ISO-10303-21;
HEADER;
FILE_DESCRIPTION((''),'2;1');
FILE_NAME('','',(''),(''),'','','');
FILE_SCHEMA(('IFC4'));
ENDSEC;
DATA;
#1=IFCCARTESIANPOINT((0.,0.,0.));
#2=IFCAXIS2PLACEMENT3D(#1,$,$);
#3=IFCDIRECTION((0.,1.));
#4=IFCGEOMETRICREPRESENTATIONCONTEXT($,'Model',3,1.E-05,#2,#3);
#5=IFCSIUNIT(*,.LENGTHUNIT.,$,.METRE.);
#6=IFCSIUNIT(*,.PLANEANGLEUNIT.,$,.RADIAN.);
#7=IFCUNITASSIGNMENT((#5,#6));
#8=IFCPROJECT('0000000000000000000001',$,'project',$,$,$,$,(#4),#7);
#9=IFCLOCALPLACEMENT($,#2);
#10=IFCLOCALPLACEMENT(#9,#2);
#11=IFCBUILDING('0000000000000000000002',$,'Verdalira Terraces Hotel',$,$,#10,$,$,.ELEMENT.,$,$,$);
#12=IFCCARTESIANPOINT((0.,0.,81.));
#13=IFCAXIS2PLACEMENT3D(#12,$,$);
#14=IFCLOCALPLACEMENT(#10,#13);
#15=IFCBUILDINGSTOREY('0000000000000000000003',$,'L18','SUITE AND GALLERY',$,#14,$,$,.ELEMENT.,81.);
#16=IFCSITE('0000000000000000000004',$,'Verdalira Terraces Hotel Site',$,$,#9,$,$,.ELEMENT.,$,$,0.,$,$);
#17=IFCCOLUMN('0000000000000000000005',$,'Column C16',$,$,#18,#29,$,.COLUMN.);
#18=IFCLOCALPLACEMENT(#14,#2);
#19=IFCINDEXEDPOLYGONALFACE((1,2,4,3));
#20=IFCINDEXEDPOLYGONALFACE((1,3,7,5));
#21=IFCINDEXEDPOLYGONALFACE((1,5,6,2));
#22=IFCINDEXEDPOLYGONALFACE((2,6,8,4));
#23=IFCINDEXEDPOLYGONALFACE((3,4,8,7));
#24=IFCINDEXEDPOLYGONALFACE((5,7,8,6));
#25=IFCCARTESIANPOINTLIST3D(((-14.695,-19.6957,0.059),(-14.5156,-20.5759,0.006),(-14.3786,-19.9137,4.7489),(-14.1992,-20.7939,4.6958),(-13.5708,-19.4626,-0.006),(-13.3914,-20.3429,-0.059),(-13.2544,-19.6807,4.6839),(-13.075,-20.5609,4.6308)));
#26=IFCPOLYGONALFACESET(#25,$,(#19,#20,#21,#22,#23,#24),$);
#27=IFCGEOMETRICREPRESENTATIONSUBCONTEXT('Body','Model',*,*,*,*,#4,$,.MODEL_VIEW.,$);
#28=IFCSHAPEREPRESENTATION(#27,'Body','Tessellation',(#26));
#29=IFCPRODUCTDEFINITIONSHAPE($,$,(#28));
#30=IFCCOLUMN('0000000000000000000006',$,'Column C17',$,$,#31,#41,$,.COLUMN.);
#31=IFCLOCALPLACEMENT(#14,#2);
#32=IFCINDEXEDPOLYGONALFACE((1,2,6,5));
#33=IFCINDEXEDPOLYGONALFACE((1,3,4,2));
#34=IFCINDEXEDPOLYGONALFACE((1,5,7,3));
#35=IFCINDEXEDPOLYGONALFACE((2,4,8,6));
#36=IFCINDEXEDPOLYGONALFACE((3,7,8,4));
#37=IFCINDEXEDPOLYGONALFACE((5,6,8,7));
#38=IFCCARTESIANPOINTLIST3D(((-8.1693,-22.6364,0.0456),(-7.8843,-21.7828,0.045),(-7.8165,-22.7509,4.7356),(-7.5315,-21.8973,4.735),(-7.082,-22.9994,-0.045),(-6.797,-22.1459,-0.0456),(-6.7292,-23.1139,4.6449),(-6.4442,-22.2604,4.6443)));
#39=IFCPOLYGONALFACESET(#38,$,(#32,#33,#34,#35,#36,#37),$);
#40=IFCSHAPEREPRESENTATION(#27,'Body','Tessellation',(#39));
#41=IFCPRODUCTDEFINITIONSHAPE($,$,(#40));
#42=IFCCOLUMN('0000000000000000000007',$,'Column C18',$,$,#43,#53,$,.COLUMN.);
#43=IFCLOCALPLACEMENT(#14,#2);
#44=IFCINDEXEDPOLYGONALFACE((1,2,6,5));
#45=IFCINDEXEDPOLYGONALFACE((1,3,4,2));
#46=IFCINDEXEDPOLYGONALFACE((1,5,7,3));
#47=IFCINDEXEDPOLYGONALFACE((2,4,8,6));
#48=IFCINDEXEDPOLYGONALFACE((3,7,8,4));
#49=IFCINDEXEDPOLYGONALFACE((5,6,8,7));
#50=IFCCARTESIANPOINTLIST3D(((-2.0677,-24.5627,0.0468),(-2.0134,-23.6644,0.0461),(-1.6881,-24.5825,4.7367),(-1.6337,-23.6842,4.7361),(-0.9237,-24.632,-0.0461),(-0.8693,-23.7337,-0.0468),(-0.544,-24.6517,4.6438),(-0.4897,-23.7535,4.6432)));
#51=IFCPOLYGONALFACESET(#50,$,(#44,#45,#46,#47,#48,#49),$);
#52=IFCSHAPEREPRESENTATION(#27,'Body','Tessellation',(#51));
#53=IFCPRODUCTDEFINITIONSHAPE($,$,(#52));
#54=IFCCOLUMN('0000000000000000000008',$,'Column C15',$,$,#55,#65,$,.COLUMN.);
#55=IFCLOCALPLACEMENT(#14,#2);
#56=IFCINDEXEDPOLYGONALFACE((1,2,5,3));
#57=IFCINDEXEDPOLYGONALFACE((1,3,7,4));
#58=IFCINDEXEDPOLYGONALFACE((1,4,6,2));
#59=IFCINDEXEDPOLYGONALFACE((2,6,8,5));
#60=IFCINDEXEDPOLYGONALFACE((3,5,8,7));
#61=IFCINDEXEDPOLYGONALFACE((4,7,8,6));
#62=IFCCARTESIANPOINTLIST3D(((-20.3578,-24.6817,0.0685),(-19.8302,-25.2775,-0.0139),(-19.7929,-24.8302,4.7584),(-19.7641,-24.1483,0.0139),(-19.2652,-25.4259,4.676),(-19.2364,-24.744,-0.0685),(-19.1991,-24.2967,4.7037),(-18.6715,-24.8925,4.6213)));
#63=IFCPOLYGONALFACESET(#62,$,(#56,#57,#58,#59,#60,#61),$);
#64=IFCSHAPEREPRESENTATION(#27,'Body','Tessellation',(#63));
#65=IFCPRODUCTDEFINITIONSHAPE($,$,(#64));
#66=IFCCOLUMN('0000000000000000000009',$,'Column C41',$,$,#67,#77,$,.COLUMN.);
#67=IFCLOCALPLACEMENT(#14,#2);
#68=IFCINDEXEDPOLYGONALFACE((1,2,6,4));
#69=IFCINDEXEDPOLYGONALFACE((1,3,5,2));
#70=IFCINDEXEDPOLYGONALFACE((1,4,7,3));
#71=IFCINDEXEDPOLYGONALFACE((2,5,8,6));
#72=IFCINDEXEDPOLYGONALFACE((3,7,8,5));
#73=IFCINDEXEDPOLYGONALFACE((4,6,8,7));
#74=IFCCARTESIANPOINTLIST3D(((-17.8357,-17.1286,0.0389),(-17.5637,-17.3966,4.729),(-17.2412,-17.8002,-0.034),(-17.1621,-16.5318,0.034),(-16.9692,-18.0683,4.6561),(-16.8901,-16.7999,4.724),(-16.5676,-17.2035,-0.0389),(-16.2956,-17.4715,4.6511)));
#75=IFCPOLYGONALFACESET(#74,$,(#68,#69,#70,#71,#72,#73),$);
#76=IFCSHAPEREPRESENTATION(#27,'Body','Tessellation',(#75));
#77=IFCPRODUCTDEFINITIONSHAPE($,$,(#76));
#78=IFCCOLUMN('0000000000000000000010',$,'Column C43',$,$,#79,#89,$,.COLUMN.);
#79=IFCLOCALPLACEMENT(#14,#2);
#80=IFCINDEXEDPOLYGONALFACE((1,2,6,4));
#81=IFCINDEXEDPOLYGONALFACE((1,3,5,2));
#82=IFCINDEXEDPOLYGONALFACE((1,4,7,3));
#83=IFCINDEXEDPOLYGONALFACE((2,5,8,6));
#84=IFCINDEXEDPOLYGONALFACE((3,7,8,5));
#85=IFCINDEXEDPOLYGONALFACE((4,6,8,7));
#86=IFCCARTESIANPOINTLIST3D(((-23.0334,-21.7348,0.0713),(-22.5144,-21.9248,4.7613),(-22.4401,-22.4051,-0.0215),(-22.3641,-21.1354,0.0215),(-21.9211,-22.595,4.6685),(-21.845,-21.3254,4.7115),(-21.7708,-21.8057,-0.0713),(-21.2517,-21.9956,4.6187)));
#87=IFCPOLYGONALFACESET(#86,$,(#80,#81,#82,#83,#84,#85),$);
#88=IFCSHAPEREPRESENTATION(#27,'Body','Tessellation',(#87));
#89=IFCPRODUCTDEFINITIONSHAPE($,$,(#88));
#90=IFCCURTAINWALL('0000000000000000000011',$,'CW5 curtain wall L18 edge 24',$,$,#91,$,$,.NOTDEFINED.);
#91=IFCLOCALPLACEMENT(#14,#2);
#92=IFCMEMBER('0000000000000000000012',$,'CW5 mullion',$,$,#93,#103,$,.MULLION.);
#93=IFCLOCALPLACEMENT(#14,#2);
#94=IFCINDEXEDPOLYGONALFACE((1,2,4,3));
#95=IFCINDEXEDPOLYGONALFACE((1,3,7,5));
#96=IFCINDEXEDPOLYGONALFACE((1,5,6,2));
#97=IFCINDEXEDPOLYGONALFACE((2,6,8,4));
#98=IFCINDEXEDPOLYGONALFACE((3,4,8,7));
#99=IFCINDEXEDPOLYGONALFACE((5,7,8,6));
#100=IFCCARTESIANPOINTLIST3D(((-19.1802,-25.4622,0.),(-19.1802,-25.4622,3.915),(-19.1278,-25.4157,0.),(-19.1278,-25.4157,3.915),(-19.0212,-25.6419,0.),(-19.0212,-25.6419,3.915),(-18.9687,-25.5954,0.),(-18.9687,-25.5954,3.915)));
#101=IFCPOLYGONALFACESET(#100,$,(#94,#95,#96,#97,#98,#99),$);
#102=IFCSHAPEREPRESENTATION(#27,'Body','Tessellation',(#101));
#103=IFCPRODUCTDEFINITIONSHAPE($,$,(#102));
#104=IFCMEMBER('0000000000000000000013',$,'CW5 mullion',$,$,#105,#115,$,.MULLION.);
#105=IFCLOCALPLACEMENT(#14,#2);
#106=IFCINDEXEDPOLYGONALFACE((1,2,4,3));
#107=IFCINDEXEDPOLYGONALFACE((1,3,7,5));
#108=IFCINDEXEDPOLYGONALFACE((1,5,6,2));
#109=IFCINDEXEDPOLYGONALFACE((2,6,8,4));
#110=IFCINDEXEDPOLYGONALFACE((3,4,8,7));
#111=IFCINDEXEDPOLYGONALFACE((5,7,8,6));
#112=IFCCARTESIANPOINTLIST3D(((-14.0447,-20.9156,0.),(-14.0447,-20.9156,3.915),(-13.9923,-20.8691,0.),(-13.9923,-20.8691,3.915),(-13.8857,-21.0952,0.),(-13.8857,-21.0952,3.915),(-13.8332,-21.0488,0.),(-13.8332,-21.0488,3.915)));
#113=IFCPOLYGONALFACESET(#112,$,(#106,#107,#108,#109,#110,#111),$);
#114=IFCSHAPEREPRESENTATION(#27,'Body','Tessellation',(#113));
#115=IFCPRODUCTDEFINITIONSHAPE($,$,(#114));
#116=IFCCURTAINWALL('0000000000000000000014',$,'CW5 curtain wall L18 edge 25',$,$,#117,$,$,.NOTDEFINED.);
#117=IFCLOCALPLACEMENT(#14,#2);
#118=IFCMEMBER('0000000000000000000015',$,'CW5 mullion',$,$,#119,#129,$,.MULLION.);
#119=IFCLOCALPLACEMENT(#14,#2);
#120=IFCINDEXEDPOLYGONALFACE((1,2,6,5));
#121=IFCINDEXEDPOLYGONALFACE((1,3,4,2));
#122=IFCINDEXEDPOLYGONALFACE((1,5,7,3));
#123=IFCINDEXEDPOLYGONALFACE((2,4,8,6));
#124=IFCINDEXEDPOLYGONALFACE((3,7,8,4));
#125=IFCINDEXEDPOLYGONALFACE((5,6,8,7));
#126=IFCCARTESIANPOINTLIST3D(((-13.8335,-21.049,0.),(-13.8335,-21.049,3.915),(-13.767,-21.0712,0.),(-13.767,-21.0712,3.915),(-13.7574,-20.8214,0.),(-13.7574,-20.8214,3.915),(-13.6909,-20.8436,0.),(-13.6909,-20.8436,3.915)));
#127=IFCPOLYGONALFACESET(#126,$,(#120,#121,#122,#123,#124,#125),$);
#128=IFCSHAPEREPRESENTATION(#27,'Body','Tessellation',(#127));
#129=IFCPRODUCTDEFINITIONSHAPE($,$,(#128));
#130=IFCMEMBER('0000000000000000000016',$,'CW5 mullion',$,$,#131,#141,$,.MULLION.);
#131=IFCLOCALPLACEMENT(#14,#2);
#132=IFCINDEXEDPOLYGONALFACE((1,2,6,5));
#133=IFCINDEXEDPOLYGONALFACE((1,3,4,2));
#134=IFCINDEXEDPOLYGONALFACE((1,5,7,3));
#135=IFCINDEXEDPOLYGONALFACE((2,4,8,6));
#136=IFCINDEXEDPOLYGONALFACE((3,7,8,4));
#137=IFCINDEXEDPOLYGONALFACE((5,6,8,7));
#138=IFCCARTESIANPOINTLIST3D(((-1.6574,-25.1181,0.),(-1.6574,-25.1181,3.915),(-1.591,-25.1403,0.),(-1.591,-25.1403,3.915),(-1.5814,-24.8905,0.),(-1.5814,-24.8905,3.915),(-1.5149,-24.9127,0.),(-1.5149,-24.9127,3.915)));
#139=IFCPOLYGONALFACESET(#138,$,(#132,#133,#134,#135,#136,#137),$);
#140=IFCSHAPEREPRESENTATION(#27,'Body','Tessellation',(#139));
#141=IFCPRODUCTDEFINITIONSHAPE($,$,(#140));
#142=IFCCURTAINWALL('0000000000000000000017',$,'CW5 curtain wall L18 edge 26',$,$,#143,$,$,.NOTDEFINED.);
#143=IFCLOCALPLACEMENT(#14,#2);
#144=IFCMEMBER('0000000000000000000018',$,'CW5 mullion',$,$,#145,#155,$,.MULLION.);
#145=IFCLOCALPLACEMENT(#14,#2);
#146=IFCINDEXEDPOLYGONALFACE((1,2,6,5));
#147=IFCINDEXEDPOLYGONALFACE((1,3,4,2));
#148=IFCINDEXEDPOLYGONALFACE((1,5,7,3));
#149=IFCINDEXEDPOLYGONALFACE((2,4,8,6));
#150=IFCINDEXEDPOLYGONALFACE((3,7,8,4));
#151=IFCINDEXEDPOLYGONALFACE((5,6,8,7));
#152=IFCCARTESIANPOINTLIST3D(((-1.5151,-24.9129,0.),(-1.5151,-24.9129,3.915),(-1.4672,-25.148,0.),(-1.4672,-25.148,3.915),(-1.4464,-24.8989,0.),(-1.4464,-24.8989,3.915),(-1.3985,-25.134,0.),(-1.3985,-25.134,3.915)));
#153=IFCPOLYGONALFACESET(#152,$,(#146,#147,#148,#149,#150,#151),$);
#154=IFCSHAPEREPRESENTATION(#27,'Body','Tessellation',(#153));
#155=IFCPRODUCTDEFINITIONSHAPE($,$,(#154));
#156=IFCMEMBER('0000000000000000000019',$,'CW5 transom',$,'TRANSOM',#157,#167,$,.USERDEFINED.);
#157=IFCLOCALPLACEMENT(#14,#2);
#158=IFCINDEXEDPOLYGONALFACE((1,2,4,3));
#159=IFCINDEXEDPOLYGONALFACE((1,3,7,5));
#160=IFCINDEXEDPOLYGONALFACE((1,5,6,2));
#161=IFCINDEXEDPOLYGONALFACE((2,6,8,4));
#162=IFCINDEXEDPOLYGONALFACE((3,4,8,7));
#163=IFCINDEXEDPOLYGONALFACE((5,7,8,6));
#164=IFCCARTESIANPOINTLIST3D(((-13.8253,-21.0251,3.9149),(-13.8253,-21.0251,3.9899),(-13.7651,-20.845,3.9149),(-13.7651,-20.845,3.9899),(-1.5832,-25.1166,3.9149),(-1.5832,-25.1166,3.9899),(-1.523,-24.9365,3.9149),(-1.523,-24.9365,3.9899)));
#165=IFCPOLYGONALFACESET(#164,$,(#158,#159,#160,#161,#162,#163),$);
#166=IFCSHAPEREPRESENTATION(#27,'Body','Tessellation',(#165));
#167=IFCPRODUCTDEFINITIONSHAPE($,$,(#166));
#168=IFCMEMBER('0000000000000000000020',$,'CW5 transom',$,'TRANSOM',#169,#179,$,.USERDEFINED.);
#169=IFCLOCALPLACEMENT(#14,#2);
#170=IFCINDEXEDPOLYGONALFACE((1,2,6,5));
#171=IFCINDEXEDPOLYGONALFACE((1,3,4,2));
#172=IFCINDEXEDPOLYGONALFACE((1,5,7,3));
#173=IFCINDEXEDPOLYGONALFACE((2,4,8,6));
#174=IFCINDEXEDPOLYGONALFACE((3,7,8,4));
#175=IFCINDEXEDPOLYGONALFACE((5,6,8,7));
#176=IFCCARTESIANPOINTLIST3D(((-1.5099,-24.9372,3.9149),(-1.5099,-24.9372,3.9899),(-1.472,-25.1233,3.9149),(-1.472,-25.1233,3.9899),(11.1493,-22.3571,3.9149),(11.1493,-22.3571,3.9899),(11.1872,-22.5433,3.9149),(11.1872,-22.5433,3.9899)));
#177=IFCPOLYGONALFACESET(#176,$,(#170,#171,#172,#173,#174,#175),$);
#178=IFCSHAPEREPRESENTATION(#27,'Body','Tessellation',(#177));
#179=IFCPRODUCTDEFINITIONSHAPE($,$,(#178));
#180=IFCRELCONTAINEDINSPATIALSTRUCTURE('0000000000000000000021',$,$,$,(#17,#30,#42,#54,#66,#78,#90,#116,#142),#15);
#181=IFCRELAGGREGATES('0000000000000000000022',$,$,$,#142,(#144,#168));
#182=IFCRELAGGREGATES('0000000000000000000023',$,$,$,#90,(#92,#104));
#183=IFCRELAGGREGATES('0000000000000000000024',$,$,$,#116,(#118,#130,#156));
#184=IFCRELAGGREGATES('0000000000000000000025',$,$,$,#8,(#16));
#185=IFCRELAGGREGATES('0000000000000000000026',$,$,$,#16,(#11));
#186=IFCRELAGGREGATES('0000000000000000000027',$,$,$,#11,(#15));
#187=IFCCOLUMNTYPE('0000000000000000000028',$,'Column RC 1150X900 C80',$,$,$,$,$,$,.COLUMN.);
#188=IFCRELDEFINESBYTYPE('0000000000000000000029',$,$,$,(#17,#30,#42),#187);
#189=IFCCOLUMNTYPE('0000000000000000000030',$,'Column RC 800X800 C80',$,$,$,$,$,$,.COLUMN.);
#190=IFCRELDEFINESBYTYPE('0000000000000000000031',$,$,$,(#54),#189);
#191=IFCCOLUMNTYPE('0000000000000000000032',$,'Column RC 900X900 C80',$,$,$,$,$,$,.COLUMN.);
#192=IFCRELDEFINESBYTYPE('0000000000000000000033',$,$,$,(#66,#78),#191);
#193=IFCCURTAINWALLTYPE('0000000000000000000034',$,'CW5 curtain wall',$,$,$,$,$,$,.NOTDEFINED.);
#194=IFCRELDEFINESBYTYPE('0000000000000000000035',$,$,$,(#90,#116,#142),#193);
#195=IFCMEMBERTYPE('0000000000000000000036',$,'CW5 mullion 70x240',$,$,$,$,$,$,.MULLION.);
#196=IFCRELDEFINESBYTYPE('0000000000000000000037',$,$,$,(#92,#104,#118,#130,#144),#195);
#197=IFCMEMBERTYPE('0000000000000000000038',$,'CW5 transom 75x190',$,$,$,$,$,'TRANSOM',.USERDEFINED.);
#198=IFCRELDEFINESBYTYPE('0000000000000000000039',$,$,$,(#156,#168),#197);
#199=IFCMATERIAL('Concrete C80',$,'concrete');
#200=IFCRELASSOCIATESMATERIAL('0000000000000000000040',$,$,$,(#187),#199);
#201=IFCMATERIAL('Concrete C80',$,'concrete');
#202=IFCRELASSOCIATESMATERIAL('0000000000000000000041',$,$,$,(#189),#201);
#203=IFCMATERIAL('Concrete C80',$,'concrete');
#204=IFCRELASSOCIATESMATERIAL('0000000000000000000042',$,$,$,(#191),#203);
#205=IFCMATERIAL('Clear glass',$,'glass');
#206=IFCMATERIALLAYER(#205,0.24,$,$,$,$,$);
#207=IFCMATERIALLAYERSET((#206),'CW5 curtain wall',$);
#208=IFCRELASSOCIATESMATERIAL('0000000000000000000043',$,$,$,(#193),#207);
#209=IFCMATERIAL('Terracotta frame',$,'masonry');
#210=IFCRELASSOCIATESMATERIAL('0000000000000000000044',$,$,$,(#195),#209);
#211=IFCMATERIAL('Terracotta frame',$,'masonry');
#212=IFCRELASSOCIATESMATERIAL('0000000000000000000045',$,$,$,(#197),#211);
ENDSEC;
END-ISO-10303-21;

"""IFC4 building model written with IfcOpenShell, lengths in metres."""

from ifc_helpers import new_model, si_unit, direction, frame, origin, origin_2d, place, context, subcontext, project, spatial, rectangle, extrude, material, layer, layer_set, material_profile, profile_set, type_object, element, aggregate, save


model = new_model("IFC4")

# Units and contexts
model_context = context("Model", 3, precision=1e-05, world=origin(), true_north=direction((0.0, 1.0)))
body_context = subcontext(model_context, "Body", "Model", "MODEL_VIEW")
ifc_project = project(units=[si_unit("LENGTHUNIT", "METRE"), si_unit("PLANEANGLEUNIT", "RADIAN")], contexts=[model_context])

# Site, building, storey
site_placement = place(None, origin())
site = spatial("IfcSite", under=ifc_project, at=site_placement, Name="Verdalira Terraces Hotel Site", CompositionType="ELEMENT", RefElevation=0.0)
building_placement = place(site_placement, origin())
building = spatial("IfcBuilding", under=site, at=building_placement, Name="Verdalira Terraces Hotel", CompositionType="ELEMENT")
storey_placement = place(building_placement, frame((0.0, 0.0, 81.0)))
storey = spatial("IfcBuildingStorey", under=building, at=storey_placement, Name="L18", Description="SUITE AND GALLERY", CompositionType="ELEMENT", Elevation=81.0)

# Columns
ifc_material_1 = material(Name="Concrete C80", Category="concrete")
ifc_material_profile_1 = material_profile(ifc_material_1, rectangle(XDim=1.1499, YDim=0.8999, at=origin_2d()), Name="RC 1150X900")
ifc_profile_set_1 = profile_set([ifc_material_profile_1], Name="Concrete C80")
column_type_1 = type_object("IfcColumnType", Name="Column RC 1150X900 C80", PredefinedType="COLUMN", material=ifc_profile_set_1)
column_1_placement = place(storey_placement, frame((-14.0432, -20.0193, 0.0), z_axis=(0.06724, -0.046331, 0.996661), x_axis=(-0.977615, -0.202666, 0.056533)))
element("IfcColumn", 1, at=column_1_placement, inside=storey, type_object=column_type_1, Name="Column C16", PredefinedType="COLUMN", context=body_context, shape_type="SweptSolid", body=[
    extrude(rectangle(XDim=1.1499, YDim=0.8999, at=origin_2d()), origin(), (0.0, 0.0, 1.0), 4.7056),
])
column_2_placement = place(storey_placement, frame((-7.4832, -22.3911, 0.0), z_axis=(0.074987, -0.024338, 0.996887), x_axis=(0.945567, -0.315735, -0.078835)))
element("IfcColumn", 2, at=column_2_placement, inside=storey, type_object=column_type_1, Name="Column C17", PredefinedType="COLUMN", context=body_context, shape_type="SweptSolid", body=[
    extrude(rectangle(XDim=1.1499, YDim=0.8999, at=origin_2d()), origin(), (0.0, 0.0, 1.0), 4.7046),
])
column_3_placement = place(storey_placement, frame((-1.4685, -24.1482, 0.0), z_axis=(0.080683, -0.004203, 0.996731), x_axis=(-0.994909, 0.060242, 0.080789)))
element("IfcColumn", 3, at=column_3_placement, inside=storey, type_object=column_type_1, Name="Column C18", PredefinedType="COLUMN", context=body_context, shape_type="SweptSolid", body=[
    extrude(rectangle(XDim=1.1499, YDim=0.8999, at=origin_2d()), origin(), (0.0, 0.0, 1.0), 4.7053),
])
ifc_material_2 = material(Name="Concrete C80", Category="concrete")
ifc_material_profile_2 = material_profile(ifc_material_2, rectangle(XDim=0.8, YDim=0.8, at=origin_2d()), Name="RC 800X800")
ifc_profile_set_2 = profile_set([ifc_material_profile_2], Name="Concrete C80")
column_type_2 = type_object("IfcColumnType", Name="Column RC 800X800 C80", PredefinedType="COLUMN", material=ifc_profile_set_2)
column_4_placement = place(storey_placement, frame((-19.7971, -24.7129, 0.0), z_axis=(0.119535, -0.031408, 0.992333), x_axis=(0.742141, 0.666755, -0.068294)))
element("IfcColumn", 4, at=column_4_placement, inside=storey, type_object=column_type_2, Name="Column C15", PredefinedType="COLUMN", context=body_context, shape_type="SweptSolid", body=[
    extrude(rectangle(XDim=0.8, YDim=0.8, at=origin_2d()), origin(), (0.0, 0.0, 1.0), 4.7261),
])
ifc_material_3 = material(Name="Concrete C80", Category="concrete")
ifc_material_profile_3 = material_profile(ifc_material_3, rectangle(XDim=0.8999, YDim=0.8999, at=origin_2d()), Name="RC 900X900")
ifc_profile_set_3 = profile_set([ifc_material_profile_3], Name="Concrete C80")
column_type_3 = type_object("IfcColumnType", Name="Column RC 900X900 C80", PredefinedType="COLUMN", material=ifc_profile_set_3)
column_5_placement = place(storey_placement, frame((-17.2017, -17.166, 0.0), z_axis=(0.057799, -0.056969, 0.996701), x_axis=(-0.74849, -0.663124, 0.005503)))
element("IfcColumn", 5, at=column_5_placement, inside=storey, type_object=column_type_3, Name="Column C41", PredefinedType="COLUMN", context=body_context, shape_type="SweptSolid", body=[
    extrude(rectangle(XDim=0.8999, YDim=0.8999, at=origin_2d()), origin(), (0.0, 0.0, 1.0), 4.7056),
])
column_6_placement = place(storey_placement, frame((-22.4021, -21.7703, 0.0), z_axis=(0.109911, -0.040221, 0.993127), x_axis=(-0.74383, -0.666074, 0.055345)))
element("IfcColumn", 6, at=column_6_placement, inside=storey, type_object=column_type_3, Name="Column C43", PredefinedType="COLUMN", context=body_context, shape_type="SweptSolid", body=[
    extrude(rectangle(XDim=0.8999, YDim=0.8999, at=origin_2d()), origin(), (0.0, 0.0, 1.0), 4.7224),
])

# Curtain walls, members
ifc_material_4 = material(Name="Clear glass", Category="glass")
ifc_layer_1 = layer(ifc_material_4, 0.24)
ifc_layer_set_1 = layer_set([ifc_layer_1], Name="CW5 curtain wall")
curtain_wall_type = type_object("IfcCurtainWallType", Name="CW5 curtain wall", PredefinedType="NOTDEFINED", material=ifc_layer_set_1)
curtain_wall_1_placement = place(storey_placement, origin())
curtain_wall_1 = element("IfcCurtainWall", 7, at=curtain_wall_1_placement, inside=storey, type_object=curtain_wall_type, Name="CW5 curtain wall L18 edge 24", PredefinedType="NOTDEFINED")
ifc_material_5 = material(Name="Terracotta frame", Category="masonry")
ifc_material_profile_4 = material_profile(ifc_material_5, rectangle(XDim=0.0701, YDim=0.24, at=origin_2d()), Name="MU 70x240")
ifc_profile_set_4 = profile_set([ifc_material_profile_4], Name="Terracotta frame")
member_type_1 = type_object("IfcMemberType", Name="CW5 mullion 70x240", PredefinedType="MULLION", material=ifc_profile_set_4)
member_1_placement = place(storey_placement, frame((-19.0745, -25.5288, 0.0), z_axis=(0.0, 0.0, 1.0), x_axis=(0.748724, 0.662881, 0.0)))
member_1 = element("IfcMember", 8, at=member_1_placement, type_object=member_type_1, Name="CW5 mullion", PredefinedType="MULLION", context=body_context, shape_type="SweptSolid", body=[
    extrude(rectangle(XDim=0.0701, YDim=0.24, at=origin_2d()), origin(), (0.0, 0.0, 1.0), 3.915),
])
member_2_placement = place(storey_placement, frame((-13.939, -20.9822, 0.0), z_axis=(0.0, 0.0, 1.0), x_axis=(0.748724, 0.662881, 0.0)))
member_2 = element("IfcMember", 9, at=member_2_placement, type_object=member_type_1, Name="CW5 mullion", PredefinedType="MULLION", context=body_context, shape_type="SweptSolid", body=[
    extrude(rectangle(XDim=0.0701, YDim=0.24, at=origin_2d()), origin(), (0.0, 0.0, 1.0), 3.915),
])
curtain_wall_2_placement = place(storey_placement, origin())
curtain_wall_2 = element("IfcCurtainWall", 10, at=curtain_wall_2_placement, inside=storey, type_object=curtain_wall_type, Name="CW5 curtain wall L18 edge 25", PredefinedType="NOTDEFINED")
member_3_placement = place(storey_placement, frame((-13.7622, -20.9463, 0.0), z_axis=(0.0, 0.0, 1.0), x_axis=(0.948434, -0.316974, 0.0)))
member_3 = element("IfcMember", 11, at=member_3_placement, type_object=member_type_1, Name="CW5 mullion", PredefinedType="MULLION", context=body_context, shape_type="SweptSolid", body=[
    extrude(rectangle(XDim=0.0701, YDim=0.24, at=origin_2d()), origin(), (0.0, 0.0, 1.0), 3.915),
])
member_4_placement = place(storey_placement, frame((-1.5862, -25.0154, 0.0), z_axis=(0.0, 0.0, 1.0), x_axis=(0.948434, -0.316974, 0.0)))
member_4 = element("IfcMember", 12, at=member_4_placement, type_object=member_type_1, Name="CW5 mullion", PredefinedType="MULLION", context=body_context, shape_type="SweptSolid", body=[
    extrude(rectangle(XDim=0.0701, YDim=0.24, at=origin_2d()), origin(), (0.0, 0.0, 1.0), 3.915),
])

# Curtain wall, member
curtain_wall_3_placement = place(storey_placement, origin())
curtain_wall_3 = element("IfcCurtainWall", 13, at=curtain_wall_3_placement, inside=storey, type_object=curtain_wall_type, Name="CW5 curtain wall L18 edge 26", PredefinedType="NOTDEFINED")
member_5_placement = place(storey_placement, frame((-1.4568, -25.0234, 0.0), z_axis=(0.0, 0.0, 1.0), x_axis=(0.979855, 0.19971, 0.0)))
member_5 = element("IfcMember", 14, at=member_5_placement, type_object=member_type_1, Name="CW5 mullion", PredefinedType="MULLION", context=body_context, shape_type="SweptSolid", body=[
    extrude(rectangle(XDim=0.0701, YDim=0.24, at=origin_2d()), origin(), (0.0, 0.0, 1.0), 3.915),
])

# Members
ifc_material_6 = material(Name="Terracotta frame", Category="masonry")
ifc_material_profile_5 = material_profile(ifc_material_6, rectangle(XDim=0.1899, YDim=0.075, at=origin_2d()), Name="TR 75x190")
ifc_profile_set_5 = profile_set([ifc_material_profile_5], Name="Terracotta frame")
member_type_2 = type_object("IfcMemberType", Name="CW5 transom 75x190", ElementType="TRANSOM", PredefinedType="USERDEFINED", material=ifc_profile_set_5)
member_6_placement = place(storey_placement, frame((-13.7952, -20.9351, 3.9524), z_axis=(0.948431, -0.316982, 0.0), x_axis=(0.316982, 0.948431, 0.0)))
member_6 = element("IfcMember", 15, at=member_6_placement, type_object=member_type_2, Name="CW5 transom", ObjectType="TRANSOM", PredefinedType="USERDEFINED", context=body_context, shape_type="SweptSolid", body=[
    extrude(rectangle(XDim=0.1899, YDim=0.075, at=origin_2d()), origin(), (0.0, 0.0, 1.0), 12.9077),
])
member_7_placement = place(storey_placement, frame((-1.491, -25.0303, 3.9524), z_axis=(0.979856, 0.199705, 0.0), x_axis=(-0.199705, 0.979856, 0.0)))
member_7 = element("IfcMember", 16, at=member_7_placement, type_object=member_type_2, Name="CW5 transom", ObjectType="TRANSOM", PredefinedType="USERDEFINED", context=body_context, shape_type="SweptSolid", body=[
    extrude(rectangle(XDim=0.1899, YDim=0.075, at=origin_2d()), origin(), (0.0, 0.0, 1.0), 12.9194),
])
aggregate(curtain_wall_3, [member_5, member_7])

aggregate(curtain_wall_1, [member_1, member_2])
aggregate(curtain_wall_2, [member_3, member_4, member_6])

save(model, "model.ifc")
